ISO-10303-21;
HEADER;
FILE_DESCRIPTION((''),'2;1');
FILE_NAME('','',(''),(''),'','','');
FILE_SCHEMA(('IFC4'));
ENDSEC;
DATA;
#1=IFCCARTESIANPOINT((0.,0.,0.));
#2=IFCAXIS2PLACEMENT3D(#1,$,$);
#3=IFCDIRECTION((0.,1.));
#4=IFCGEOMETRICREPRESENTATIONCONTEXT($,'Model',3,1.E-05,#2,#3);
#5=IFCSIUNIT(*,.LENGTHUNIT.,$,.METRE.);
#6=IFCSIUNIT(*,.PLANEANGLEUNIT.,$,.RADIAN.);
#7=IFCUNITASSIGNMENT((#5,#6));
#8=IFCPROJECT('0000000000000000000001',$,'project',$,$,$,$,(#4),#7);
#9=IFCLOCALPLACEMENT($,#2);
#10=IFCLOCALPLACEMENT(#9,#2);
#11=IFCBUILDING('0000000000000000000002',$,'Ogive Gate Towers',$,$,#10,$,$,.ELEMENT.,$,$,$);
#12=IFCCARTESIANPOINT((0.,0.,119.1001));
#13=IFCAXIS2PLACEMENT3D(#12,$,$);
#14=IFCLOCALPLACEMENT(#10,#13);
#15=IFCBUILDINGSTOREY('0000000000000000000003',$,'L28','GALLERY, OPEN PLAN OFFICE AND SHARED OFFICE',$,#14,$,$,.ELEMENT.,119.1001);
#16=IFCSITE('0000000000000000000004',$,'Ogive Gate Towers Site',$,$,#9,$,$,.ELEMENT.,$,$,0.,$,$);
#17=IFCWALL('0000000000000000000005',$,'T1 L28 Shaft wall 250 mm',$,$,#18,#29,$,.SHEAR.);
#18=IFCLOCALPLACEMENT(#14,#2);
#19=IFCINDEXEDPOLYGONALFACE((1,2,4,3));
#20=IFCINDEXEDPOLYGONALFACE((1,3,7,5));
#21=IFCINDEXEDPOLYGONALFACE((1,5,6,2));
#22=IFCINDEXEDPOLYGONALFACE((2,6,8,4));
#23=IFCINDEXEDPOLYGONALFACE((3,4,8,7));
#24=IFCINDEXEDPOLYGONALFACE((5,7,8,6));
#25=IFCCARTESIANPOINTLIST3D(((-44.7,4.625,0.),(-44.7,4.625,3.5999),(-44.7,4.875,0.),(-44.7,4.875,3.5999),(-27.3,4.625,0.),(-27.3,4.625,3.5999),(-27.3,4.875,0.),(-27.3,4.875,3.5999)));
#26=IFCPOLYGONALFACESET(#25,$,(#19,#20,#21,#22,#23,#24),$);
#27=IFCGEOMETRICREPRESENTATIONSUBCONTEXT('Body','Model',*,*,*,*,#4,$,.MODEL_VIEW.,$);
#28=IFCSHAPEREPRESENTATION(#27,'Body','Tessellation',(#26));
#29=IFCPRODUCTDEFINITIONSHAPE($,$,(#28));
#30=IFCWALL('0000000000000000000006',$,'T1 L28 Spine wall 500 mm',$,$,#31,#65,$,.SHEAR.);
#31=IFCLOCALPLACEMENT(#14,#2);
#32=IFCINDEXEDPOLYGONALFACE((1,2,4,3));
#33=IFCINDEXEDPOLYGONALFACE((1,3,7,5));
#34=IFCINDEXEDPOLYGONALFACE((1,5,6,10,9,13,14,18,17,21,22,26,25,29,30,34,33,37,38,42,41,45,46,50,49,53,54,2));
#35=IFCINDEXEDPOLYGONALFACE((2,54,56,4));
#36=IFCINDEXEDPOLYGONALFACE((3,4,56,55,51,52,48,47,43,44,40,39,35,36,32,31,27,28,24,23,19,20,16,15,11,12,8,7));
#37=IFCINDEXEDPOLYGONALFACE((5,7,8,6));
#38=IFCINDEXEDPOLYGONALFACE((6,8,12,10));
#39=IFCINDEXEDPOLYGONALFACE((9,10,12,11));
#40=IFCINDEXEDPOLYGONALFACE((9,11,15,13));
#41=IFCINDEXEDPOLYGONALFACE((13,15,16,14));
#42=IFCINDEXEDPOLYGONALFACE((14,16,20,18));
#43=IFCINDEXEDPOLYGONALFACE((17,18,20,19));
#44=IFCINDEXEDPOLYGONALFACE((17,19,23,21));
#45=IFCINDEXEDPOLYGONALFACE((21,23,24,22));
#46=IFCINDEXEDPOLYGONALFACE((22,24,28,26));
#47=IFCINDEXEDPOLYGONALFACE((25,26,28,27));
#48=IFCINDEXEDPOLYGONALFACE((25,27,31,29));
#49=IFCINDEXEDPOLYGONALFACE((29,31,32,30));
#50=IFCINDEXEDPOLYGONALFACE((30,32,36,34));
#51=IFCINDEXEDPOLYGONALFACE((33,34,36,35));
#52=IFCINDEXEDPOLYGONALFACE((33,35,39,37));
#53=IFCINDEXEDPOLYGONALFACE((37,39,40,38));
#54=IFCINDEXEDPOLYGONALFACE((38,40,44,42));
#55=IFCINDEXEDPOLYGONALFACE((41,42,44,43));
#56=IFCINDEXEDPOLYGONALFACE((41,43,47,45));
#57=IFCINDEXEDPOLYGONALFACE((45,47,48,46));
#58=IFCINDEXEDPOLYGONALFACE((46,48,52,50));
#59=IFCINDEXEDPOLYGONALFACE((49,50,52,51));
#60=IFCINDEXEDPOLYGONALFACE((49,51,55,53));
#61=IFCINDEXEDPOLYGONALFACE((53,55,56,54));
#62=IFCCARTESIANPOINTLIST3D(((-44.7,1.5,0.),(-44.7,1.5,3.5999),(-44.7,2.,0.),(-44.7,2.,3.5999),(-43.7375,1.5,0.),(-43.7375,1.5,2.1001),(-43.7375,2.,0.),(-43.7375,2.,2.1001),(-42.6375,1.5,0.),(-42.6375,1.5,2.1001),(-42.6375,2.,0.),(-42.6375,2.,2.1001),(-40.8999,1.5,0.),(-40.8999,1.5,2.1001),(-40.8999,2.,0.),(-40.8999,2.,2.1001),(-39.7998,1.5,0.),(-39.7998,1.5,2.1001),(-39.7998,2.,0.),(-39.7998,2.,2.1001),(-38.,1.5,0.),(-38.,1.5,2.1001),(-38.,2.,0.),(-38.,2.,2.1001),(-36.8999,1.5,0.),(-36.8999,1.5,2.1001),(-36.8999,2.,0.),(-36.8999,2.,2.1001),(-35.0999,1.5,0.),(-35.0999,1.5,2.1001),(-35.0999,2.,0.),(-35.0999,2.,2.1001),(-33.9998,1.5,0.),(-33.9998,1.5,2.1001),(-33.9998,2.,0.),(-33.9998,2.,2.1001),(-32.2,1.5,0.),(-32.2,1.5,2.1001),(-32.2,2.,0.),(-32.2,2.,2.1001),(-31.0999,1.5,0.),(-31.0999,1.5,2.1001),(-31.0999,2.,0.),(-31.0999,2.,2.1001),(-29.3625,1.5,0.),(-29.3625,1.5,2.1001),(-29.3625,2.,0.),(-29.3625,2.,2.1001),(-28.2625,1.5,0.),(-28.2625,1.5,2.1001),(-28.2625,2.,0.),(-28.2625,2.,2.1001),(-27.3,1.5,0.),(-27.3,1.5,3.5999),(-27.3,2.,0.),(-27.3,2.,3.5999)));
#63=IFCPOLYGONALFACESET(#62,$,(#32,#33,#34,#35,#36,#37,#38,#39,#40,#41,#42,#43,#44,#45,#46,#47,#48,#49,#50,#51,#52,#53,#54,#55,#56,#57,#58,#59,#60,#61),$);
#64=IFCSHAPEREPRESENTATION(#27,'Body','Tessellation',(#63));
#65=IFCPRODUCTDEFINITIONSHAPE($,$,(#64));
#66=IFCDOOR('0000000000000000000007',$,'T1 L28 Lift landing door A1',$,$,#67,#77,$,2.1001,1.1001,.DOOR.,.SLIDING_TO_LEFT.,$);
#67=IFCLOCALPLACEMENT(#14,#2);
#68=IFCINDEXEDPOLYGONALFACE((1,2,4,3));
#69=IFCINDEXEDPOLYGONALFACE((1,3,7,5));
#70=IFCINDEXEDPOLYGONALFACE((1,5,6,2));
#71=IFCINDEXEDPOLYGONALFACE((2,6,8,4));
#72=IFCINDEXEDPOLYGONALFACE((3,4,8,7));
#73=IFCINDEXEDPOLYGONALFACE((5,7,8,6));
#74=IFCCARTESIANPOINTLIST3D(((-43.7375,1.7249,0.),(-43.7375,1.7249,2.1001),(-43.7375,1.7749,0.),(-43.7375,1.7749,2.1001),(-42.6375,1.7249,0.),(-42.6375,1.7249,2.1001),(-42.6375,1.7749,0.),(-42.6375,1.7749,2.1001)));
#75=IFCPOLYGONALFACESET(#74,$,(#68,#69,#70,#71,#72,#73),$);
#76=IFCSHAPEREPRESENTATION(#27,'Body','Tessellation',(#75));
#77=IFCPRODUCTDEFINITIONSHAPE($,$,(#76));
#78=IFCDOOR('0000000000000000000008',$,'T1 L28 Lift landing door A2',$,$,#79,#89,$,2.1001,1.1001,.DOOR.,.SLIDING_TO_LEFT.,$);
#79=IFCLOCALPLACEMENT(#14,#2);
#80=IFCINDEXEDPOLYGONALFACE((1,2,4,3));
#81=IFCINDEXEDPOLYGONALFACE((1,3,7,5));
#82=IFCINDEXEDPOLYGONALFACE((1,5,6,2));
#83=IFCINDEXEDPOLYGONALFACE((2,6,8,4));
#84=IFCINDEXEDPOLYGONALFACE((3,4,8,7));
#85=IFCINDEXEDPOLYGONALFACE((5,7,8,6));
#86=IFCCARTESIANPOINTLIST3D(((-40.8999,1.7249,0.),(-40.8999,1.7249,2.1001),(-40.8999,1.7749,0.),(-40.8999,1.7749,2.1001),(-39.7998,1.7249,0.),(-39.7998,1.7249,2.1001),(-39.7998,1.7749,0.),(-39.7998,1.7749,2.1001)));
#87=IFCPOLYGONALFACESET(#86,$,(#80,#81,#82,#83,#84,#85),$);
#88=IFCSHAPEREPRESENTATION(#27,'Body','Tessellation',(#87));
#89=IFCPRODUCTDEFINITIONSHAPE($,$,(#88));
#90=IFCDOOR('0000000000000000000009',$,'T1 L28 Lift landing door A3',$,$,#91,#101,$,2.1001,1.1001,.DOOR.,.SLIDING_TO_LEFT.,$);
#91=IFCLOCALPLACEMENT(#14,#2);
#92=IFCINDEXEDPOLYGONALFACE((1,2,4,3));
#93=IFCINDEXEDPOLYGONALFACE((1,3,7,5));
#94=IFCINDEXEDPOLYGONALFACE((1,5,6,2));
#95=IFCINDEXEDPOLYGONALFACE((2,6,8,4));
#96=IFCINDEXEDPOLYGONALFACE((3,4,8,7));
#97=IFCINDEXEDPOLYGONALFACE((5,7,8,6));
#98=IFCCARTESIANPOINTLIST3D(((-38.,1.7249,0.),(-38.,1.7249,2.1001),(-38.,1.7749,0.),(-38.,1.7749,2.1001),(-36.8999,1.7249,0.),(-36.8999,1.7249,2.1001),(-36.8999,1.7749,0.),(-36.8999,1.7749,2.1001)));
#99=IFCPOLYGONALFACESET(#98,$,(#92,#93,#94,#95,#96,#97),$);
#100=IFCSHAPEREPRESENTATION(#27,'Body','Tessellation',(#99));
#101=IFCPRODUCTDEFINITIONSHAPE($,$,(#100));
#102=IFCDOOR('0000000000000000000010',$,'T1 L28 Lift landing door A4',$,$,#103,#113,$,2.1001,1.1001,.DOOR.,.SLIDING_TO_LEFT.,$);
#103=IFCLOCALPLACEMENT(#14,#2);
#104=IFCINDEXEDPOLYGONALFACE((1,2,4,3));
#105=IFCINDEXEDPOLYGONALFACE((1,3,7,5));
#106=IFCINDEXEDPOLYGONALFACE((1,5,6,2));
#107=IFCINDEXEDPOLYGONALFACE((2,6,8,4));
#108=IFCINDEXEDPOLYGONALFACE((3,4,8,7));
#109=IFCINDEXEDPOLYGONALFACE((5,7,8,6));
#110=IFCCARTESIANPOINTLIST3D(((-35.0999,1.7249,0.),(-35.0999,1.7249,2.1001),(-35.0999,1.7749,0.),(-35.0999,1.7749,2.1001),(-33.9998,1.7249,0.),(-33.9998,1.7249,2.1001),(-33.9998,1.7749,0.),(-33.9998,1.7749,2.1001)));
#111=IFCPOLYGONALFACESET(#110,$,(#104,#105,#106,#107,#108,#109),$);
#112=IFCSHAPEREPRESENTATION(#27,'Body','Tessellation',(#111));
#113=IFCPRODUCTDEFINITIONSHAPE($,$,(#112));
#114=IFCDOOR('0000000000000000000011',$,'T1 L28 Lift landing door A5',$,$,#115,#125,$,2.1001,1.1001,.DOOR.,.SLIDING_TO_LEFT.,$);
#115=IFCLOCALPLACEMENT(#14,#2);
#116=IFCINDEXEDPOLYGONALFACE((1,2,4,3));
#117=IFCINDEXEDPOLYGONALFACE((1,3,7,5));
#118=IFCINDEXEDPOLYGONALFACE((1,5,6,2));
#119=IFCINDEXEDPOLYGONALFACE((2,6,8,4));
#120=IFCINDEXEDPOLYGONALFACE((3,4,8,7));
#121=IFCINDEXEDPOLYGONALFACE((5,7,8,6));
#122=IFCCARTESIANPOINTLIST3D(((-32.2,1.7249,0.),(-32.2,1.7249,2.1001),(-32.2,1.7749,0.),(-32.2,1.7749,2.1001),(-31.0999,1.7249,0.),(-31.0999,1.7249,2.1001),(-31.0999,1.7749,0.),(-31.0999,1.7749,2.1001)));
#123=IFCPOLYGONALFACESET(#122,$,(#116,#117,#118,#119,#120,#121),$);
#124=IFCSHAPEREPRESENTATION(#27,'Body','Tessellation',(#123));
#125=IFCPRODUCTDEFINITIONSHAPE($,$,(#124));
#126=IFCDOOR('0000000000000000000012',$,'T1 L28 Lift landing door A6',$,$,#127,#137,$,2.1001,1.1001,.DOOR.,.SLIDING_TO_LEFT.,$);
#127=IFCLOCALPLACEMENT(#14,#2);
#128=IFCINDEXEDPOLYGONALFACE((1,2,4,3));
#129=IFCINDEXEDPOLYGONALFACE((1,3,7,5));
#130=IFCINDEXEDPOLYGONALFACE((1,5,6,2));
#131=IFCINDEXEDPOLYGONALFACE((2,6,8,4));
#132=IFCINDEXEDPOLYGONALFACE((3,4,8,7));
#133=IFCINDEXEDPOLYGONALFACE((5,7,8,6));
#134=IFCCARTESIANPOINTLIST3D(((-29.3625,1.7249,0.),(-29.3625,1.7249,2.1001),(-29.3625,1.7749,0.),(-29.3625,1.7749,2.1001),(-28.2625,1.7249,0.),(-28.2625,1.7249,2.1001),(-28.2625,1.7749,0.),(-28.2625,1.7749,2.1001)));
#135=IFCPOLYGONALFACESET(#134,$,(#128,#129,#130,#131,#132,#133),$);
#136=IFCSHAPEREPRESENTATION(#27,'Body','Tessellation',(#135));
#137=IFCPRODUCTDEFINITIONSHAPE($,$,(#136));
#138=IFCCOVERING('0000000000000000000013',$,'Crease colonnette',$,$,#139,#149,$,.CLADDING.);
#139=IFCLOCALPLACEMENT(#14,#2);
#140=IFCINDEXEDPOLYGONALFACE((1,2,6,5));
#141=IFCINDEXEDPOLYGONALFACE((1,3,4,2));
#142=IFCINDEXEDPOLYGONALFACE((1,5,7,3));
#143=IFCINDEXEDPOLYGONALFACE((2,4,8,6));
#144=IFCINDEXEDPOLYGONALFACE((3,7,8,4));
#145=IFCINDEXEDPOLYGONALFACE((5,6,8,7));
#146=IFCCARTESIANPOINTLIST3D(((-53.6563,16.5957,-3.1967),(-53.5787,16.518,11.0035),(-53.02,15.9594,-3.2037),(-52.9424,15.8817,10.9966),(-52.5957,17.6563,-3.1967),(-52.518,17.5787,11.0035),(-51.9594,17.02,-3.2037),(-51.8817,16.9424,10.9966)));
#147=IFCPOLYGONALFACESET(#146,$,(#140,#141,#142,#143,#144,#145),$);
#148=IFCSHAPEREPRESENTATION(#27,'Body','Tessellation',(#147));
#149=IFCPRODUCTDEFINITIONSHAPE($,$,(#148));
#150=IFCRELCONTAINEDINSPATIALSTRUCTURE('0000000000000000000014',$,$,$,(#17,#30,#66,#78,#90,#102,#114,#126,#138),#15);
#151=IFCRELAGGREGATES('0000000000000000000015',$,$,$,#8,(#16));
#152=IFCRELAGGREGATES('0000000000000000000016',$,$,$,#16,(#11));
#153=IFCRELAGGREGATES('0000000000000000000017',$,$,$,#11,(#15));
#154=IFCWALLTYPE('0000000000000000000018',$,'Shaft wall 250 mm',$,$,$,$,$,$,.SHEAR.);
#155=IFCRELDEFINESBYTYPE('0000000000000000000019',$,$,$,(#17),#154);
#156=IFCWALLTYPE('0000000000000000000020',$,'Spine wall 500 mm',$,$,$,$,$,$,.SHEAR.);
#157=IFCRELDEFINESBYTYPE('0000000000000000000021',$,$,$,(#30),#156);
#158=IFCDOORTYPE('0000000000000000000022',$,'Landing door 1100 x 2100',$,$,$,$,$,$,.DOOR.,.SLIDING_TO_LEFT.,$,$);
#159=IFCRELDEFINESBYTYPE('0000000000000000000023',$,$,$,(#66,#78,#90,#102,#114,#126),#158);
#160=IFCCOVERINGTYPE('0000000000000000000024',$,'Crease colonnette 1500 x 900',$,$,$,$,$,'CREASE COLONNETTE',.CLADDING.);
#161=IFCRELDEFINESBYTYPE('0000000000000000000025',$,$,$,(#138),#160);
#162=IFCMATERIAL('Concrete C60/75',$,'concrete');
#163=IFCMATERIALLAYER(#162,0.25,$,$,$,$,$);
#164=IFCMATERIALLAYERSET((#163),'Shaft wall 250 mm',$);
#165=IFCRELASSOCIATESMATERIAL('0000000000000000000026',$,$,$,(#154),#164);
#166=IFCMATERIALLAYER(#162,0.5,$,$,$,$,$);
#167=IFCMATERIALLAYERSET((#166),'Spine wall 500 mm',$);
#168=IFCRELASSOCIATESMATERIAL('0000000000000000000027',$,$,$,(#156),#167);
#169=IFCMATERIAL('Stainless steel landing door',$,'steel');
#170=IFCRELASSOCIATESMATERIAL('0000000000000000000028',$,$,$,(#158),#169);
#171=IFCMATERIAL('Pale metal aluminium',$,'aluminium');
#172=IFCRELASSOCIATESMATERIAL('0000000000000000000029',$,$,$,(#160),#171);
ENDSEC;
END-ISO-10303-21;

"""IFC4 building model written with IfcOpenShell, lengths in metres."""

from ifc_helpers import new_model, si_unit, direction, frame, frame_2d, origin, origin_2d, place, context, subcontext, project, spatial, rectangle, extrude, material, layer, layer_set, material_profile, profile_set, type_object, element, fill, save


model = new_model("IFC4")

# Units and contexts
model_context = context("Model", 3, precision=1e-05, world=origin(), true_north=direction((0.0, 1.0)))
body_context = subcontext(model_context, "Body", "Model", "MODEL_VIEW")
ifc_project = project(units=[si_unit("LENGTHUNIT", "METRE"), si_unit("PLANEANGLEUNIT", "RADIAN")], contexts=[model_context])

# Site, building, storey
site_placement = place(None, origin())
site = spatial("IfcSite", under=ifc_project, at=site_placement, Name="Ogive Gate Towers Site", CompositionType="ELEMENT", RefElevation=0.0)
building_placement = place(site_placement, origin())
building = spatial("IfcBuilding", under=site, at=building_placement, Name="Ogive Gate Towers", CompositionType="ELEMENT")
storey_placement = place(building_placement, frame((0.0, 0.0, 119.1001)))
storey = spatial("IfcBuildingStorey", under=building, at=storey_placement, Name="L28", Description="GALLERY, OPEN PLAN OFFICE AND SHARED OFFICE", CompositionType="ELEMENT", Elevation=119.1001)

# Wall
ifc_material_1 = material(Name="Concrete C60/75", Category="concrete")
ifc_layer_1 = layer(ifc_material_1, 0.25)
ifc_layer_set_1 = layer_set([ifc_layer_1], Name="Shaft wall 250 mm")
wall_type_1 = type_object("IfcWallType", Name="Shaft wall 250 mm", PredefinedType="SHEAR", material=ifc_layer_set_1)
wall_1_placement = place(storey_placement, frame((-44.7, 4.75, 0.0), z_axis=(0.0, 0.0, 1.0), x_axis=(1.0, 0.0, 0.0)))
element("IfcWall", 1, at=wall_1_placement, inside=storey, type_object=wall_type_1, Name="T1 L28 Shaft wall 250 mm", PredefinedType="SHEAR", context=body_context, shape_type="SweptSolid", body=[
    extrude(rectangle(XDim=17.3999, YDim=0.25, at=frame_2d((8.7, 0.0))), origin(), (0.0, 0.0, 1.0), 3.5999),
])

# Wall, openings, doors
ifc_layer_2 = layer(ifc_material_1, 0.5)
ifc_layer_set_2 = layer_set([ifc_layer_2], Name="Spine wall 500 mm")
wall_type_2 = type_object("IfcWallType", Name="Spine wall 500 mm", PredefinedType="SHEAR", material=ifc_layer_set_2)
wall_2_placement = place(storey_placement, frame((-44.7, 1.75, 0.0), z_axis=(0.0, 0.0, 1.0), x_axis=(1.0, 0.0, 0.0)))
wall_2 = element("IfcWall", 2, at=wall_2_placement, inside=storey, type_object=wall_type_2, Name="T1 L28 Spine wall 500 mm", PredefinedType="SHEAR", context=body_context, shape_type="SweptSolid", body=[
    extrude(rectangle(XDim=17.3999, YDim=0.5, at=frame_2d((8.7, 0.0))), origin(), (0.0, 0.0, 1.0), 3.5999),
])
opening_1_placement = place(wall_2_placement, frame((0.9624, 0.0, 0.0)))
opening_1 = element("IfcOpeningElement", 3, at=opening_1_placement, cuts=wall_2, PredefinedType="OPENING", context=body_context, shape_type="SweptSolid", body=[
    extrude(rectangle(XDim=1.1001, YDim=2.1001, at=frame_2d((0.55, 1.05))), frame((0.0, 0.26, 0.0), z_axis=(0.0, -1.0, 0.0), x_axis=(1.0, 0.0, 0.0)), (0.0, 0.0, 1.0), 0.52),
])
opening_2_placement = place(wall_2_placement, frame((3.8, 0.0, 0.0)))
opening_2 = element("IfcOpeningElement", 4, at=opening_2_placement, cuts=wall_2, PredefinedType="OPENING", context=body_context, shape_type="SweptSolid", body=[
    extrude(rectangle(XDim=1.1001, YDim=2.1001, at=frame_2d((0.55, 1.05))), frame((0.0, 0.26, 0.0), z_axis=(0.0, -1.0, 0.0), x_axis=(1.0, 0.0, 0.0)), (0.0, 0.0, 1.0), 0.52),
])
opening_3_placement = place(wall_2_placement, frame((6.7, 0.0, 0.0)))
opening_3 = element("IfcOpeningElement", 5, at=opening_3_placement, cuts=wall_2, PredefinedType="OPENING", context=body_context, shape_type="SweptSolid", body=[
    extrude(rectangle(XDim=1.1001, YDim=2.1001, at=frame_2d((0.55, 1.05))), frame((0.0, 0.26, 0.0), z_axis=(0.0, -1.0, 0.0), x_axis=(1.0, 0.0, 0.0)), (0.0, 0.0, 1.0), 0.52),
])
opening_4_placement = place(wall_2_placement, frame((9.6001, 0.0, 0.0)))
opening_4 = element("IfcOpeningElement", 6, at=opening_4_placement, cuts=wall_2, PredefinedType="OPENING", context=body_context, shape_type="SweptSolid", body=[
    extrude(rectangle(XDim=1.1001, YDim=2.1001, at=frame_2d((0.55, 1.05))), frame((0.0, 0.26, 0.0), z_axis=(0.0, -1.0, 0.0), x_axis=(1.0, 0.0, 0.0)), (0.0, 0.0, 1.0), 0.52),
])
opening_5_placement = place(wall_2_placement, frame((12.5, 0.0, 0.0)))
opening_5 = element("IfcOpeningElement", 7, at=opening_5_placement, cuts=wall_2, PredefinedType="OPENING", context=body_context, shape_type="SweptSolid", body=[
    extrude(rectangle(XDim=1.1001, YDim=2.1001, at=frame_2d((0.55, 1.05))), frame((0.0, 0.26, 0.0), z_axis=(0.0, -1.0, 0.0), x_axis=(1.0, 0.0, 0.0)), (0.0, 0.0, 1.0), 0.52),
])
opening_6_placement = place(wall_2_placement, frame((15.3374, 0.0, 0.0)))
opening_6 = element("IfcOpeningElement", 8, at=opening_6_placement, cuts=wall_2, PredefinedType="OPENING", context=body_context, shape_type="SweptSolid", body=[
    extrude(rectangle(XDim=1.1001, YDim=2.1001, at=frame_2d((0.55, 1.05))), frame((0.0, 0.26, 0.0), z_axis=(0.0, -1.0, 0.0), x_axis=(1.0, 0.0, 0.0)), (0.0, 0.0, 1.0), 0.52),
])
ifc_material_2 = material(Name="Stainless steel landing door", Category="steel")
door_type_1 = type_object("IfcDoorType", Name="Landing door 1100 x 2100", OperationType="SLIDING_TO_LEFT", PredefinedType="DOOR", material=ifc_material_2)
door_1_placement = place(opening_1_placement, origin())
door_1 = element("IfcDoor", 9, at=door_1_placement, inside=storey, type_object=door_type_1, Name="T1 L28 Lift landing door A1", OperationType="SLIDING_TO_LEFT", OverallHeight=2.1001, OverallWidth=1.1001, PredefinedType="DOOR", context=body_context, shape_type="SweptSolid", body=[
    extrude(rectangle(XDim=1.1001, YDim=2.1001, at=frame_2d((0.55, 1.05))), frame((0.0, 0.0249, 0.0), z_axis=(0.0, -1.0, 0.0), x_axis=(1.0, 0.0, 0.0)), (0.0, 0.0, 1.0), 0.05),
])
fill(opening_1, door_1)
door_2_placement = place(opening_2_placement, origin())
door_2 = element("IfcDoor", 10, at=door_2_placement, inside=storey, type_object=door_type_1, Name="T1 L28 Lift landing door A2", OperationType="SLIDING_TO_LEFT", OverallHeight=2.1001, OverallWidth=1.1001, PredefinedType="DOOR", context=body_context, shape_type="SweptSolid", body=[
    extrude(rectangle(XDim=1.1001, YDim=2.1001, at=frame_2d((0.55, 1.05))), frame((0.0, 0.0249, 0.0), z_axis=(0.0, -1.0, 0.0), x_axis=(1.0, 0.0, 0.0)), (0.0, 0.0, 1.0), 0.05),
])
fill(opening_2, door_2)
door_3_placement = place(opening_3_placement, origin())
door_3 = element("IfcDoor", 11, at=door_3_placement, inside=storey, type_object=door_type_1, Name="T1 L28 Lift landing door A3", OperationType="SLIDING_TO_LEFT", OverallHeight=2.1001, OverallWidth=1.1001, PredefinedType="DOOR", context=body_context, shape_type="SweptSolid", body=[
    extrude(rectangle(XDim=1.1001, YDim=2.1001, at=frame_2d((0.55, 1.05))), frame((0.0, 0.0249, 0.0), z_axis=(0.0, -1.0, 0.0), x_axis=(1.0, 0.0, 0.0)), (0.0, 0.0, 1.0), 0.05),
])
fill(opening_3, door_3)
door_4_placement = place(opening_4_placement, origin())
door_4 = element("IfcDoor", 12, at=door_4_placement, inside=storey, type_object=door_type_1, Name="T1 L28 Lift landing door A4", OperationType="SLIDING_TO_LEFT", OverallHeight=2.1001, OverallWidth=1.1001, PredefinedType="DOOR", context=body_context, shape_type="SweptSolid", body=[
    extrude(rectangle(XDim=1.1001, YDim=2.1001, at=frame_2d((0.55, 1.05))), frame((0.0, 0.0249, 0.0), z_axis=(0.0, -1.0, 0.0), x_axis=(1.0, 0.0, 0.0)), (0.0, 0.0, 1.0), 0.05),
])
fill(opening_4, door_4)
door_5_placement = place(opening_5_placement, origin())
door_5 = element("IfcDoor", 13, at=door_5_placement, inside=storey, type_object=door_type_1, Name="T1 L28 Lift landing door A5", OperationType="SLIDING_TO_LEFT", OverallHeight=2.1001, OverallWidth=1.1001, PredefinedType="DOOR", context=body_context, shape_type="SweptSolid", body=[
    extrude(rectangle(XDim=1.1001, YDim=2.1001, at=frame_2d((0.55, 1.05))), frame((0.0, 0.0249, 0.0), z_axis=(0.0, -1.0, 0.0), x_axis=(1.0, 0.0, 0.0)), (0.0, 0.0, 1.0), 0.05),
])
fill(opening_5, door_5)
door_6_placement = place(opening_6_placement, origin())
door_6 = element("IfcDoor", 14, at=door_6_placement, inside=storey, type_object=door_type_1, Name="T1 L28 Lift landing door A6", OperationType="SLIDING_TO_LEFT", OverallHeight=2.1001, OverallWidth=1.1001, PredefinedType="DOOR", context=body_context, shape_type="SweptSolid", body=[
    extrude(rectangle(XDim=1.1001, YDim=2.1001, at=frame_2d((0.55, 1.05))), frame((0.0, 0.0249, 0.0), z_axis=(0.0, -1.0, 0.0), x_axis=(1.0, 0.0, 0.0)), (0.0, 0.0, 1.0), 0.05),
])
fill(opening_6, door_6)

# Covering
ifc_material_3 = material(Name="Pale metal aluminium", Category="aluminium")
ifc_material_profile_1 = material_profile(ifc_material_3, rectangle(XDim=1.5, YDim=0.8999, at=origin_2d()), Name="1500 x 900 pale metal aluminium")
ifc_profile_set_1 = profile_set([ifc_material_profile_1], Name="Pale metal aluminium")
covering_type_1 = type_object("IfcCoveringType", Name="Crease colonnette 1500 x 900", ElementType="CREASE COLONNETTE", PredefinedType="CLADDING", material=ifc_profile_set_1)
covering_placement = place(storey_placement, frame((-52.8079, 16.8079, -3.2002), z_axis=(0.005467, -0.005467, 0.99997), x_axis=(0.707107, 0.707107, 0.0)))
element("IfcCovering", 15, at=covering_placement, inside=storey, type_object=covering_type_1, Name="Crease colonnette", PredefinedType="CLADDING", context=body_context, shape_type="SweptSolid", body=[
    extrude(rectangle(XDim=1.5, YDim=0.8999, at=origin_2d()), origin(), (0.0, 0.0, 1.0), 14.2007),
])

save(model, "model.ifc")
